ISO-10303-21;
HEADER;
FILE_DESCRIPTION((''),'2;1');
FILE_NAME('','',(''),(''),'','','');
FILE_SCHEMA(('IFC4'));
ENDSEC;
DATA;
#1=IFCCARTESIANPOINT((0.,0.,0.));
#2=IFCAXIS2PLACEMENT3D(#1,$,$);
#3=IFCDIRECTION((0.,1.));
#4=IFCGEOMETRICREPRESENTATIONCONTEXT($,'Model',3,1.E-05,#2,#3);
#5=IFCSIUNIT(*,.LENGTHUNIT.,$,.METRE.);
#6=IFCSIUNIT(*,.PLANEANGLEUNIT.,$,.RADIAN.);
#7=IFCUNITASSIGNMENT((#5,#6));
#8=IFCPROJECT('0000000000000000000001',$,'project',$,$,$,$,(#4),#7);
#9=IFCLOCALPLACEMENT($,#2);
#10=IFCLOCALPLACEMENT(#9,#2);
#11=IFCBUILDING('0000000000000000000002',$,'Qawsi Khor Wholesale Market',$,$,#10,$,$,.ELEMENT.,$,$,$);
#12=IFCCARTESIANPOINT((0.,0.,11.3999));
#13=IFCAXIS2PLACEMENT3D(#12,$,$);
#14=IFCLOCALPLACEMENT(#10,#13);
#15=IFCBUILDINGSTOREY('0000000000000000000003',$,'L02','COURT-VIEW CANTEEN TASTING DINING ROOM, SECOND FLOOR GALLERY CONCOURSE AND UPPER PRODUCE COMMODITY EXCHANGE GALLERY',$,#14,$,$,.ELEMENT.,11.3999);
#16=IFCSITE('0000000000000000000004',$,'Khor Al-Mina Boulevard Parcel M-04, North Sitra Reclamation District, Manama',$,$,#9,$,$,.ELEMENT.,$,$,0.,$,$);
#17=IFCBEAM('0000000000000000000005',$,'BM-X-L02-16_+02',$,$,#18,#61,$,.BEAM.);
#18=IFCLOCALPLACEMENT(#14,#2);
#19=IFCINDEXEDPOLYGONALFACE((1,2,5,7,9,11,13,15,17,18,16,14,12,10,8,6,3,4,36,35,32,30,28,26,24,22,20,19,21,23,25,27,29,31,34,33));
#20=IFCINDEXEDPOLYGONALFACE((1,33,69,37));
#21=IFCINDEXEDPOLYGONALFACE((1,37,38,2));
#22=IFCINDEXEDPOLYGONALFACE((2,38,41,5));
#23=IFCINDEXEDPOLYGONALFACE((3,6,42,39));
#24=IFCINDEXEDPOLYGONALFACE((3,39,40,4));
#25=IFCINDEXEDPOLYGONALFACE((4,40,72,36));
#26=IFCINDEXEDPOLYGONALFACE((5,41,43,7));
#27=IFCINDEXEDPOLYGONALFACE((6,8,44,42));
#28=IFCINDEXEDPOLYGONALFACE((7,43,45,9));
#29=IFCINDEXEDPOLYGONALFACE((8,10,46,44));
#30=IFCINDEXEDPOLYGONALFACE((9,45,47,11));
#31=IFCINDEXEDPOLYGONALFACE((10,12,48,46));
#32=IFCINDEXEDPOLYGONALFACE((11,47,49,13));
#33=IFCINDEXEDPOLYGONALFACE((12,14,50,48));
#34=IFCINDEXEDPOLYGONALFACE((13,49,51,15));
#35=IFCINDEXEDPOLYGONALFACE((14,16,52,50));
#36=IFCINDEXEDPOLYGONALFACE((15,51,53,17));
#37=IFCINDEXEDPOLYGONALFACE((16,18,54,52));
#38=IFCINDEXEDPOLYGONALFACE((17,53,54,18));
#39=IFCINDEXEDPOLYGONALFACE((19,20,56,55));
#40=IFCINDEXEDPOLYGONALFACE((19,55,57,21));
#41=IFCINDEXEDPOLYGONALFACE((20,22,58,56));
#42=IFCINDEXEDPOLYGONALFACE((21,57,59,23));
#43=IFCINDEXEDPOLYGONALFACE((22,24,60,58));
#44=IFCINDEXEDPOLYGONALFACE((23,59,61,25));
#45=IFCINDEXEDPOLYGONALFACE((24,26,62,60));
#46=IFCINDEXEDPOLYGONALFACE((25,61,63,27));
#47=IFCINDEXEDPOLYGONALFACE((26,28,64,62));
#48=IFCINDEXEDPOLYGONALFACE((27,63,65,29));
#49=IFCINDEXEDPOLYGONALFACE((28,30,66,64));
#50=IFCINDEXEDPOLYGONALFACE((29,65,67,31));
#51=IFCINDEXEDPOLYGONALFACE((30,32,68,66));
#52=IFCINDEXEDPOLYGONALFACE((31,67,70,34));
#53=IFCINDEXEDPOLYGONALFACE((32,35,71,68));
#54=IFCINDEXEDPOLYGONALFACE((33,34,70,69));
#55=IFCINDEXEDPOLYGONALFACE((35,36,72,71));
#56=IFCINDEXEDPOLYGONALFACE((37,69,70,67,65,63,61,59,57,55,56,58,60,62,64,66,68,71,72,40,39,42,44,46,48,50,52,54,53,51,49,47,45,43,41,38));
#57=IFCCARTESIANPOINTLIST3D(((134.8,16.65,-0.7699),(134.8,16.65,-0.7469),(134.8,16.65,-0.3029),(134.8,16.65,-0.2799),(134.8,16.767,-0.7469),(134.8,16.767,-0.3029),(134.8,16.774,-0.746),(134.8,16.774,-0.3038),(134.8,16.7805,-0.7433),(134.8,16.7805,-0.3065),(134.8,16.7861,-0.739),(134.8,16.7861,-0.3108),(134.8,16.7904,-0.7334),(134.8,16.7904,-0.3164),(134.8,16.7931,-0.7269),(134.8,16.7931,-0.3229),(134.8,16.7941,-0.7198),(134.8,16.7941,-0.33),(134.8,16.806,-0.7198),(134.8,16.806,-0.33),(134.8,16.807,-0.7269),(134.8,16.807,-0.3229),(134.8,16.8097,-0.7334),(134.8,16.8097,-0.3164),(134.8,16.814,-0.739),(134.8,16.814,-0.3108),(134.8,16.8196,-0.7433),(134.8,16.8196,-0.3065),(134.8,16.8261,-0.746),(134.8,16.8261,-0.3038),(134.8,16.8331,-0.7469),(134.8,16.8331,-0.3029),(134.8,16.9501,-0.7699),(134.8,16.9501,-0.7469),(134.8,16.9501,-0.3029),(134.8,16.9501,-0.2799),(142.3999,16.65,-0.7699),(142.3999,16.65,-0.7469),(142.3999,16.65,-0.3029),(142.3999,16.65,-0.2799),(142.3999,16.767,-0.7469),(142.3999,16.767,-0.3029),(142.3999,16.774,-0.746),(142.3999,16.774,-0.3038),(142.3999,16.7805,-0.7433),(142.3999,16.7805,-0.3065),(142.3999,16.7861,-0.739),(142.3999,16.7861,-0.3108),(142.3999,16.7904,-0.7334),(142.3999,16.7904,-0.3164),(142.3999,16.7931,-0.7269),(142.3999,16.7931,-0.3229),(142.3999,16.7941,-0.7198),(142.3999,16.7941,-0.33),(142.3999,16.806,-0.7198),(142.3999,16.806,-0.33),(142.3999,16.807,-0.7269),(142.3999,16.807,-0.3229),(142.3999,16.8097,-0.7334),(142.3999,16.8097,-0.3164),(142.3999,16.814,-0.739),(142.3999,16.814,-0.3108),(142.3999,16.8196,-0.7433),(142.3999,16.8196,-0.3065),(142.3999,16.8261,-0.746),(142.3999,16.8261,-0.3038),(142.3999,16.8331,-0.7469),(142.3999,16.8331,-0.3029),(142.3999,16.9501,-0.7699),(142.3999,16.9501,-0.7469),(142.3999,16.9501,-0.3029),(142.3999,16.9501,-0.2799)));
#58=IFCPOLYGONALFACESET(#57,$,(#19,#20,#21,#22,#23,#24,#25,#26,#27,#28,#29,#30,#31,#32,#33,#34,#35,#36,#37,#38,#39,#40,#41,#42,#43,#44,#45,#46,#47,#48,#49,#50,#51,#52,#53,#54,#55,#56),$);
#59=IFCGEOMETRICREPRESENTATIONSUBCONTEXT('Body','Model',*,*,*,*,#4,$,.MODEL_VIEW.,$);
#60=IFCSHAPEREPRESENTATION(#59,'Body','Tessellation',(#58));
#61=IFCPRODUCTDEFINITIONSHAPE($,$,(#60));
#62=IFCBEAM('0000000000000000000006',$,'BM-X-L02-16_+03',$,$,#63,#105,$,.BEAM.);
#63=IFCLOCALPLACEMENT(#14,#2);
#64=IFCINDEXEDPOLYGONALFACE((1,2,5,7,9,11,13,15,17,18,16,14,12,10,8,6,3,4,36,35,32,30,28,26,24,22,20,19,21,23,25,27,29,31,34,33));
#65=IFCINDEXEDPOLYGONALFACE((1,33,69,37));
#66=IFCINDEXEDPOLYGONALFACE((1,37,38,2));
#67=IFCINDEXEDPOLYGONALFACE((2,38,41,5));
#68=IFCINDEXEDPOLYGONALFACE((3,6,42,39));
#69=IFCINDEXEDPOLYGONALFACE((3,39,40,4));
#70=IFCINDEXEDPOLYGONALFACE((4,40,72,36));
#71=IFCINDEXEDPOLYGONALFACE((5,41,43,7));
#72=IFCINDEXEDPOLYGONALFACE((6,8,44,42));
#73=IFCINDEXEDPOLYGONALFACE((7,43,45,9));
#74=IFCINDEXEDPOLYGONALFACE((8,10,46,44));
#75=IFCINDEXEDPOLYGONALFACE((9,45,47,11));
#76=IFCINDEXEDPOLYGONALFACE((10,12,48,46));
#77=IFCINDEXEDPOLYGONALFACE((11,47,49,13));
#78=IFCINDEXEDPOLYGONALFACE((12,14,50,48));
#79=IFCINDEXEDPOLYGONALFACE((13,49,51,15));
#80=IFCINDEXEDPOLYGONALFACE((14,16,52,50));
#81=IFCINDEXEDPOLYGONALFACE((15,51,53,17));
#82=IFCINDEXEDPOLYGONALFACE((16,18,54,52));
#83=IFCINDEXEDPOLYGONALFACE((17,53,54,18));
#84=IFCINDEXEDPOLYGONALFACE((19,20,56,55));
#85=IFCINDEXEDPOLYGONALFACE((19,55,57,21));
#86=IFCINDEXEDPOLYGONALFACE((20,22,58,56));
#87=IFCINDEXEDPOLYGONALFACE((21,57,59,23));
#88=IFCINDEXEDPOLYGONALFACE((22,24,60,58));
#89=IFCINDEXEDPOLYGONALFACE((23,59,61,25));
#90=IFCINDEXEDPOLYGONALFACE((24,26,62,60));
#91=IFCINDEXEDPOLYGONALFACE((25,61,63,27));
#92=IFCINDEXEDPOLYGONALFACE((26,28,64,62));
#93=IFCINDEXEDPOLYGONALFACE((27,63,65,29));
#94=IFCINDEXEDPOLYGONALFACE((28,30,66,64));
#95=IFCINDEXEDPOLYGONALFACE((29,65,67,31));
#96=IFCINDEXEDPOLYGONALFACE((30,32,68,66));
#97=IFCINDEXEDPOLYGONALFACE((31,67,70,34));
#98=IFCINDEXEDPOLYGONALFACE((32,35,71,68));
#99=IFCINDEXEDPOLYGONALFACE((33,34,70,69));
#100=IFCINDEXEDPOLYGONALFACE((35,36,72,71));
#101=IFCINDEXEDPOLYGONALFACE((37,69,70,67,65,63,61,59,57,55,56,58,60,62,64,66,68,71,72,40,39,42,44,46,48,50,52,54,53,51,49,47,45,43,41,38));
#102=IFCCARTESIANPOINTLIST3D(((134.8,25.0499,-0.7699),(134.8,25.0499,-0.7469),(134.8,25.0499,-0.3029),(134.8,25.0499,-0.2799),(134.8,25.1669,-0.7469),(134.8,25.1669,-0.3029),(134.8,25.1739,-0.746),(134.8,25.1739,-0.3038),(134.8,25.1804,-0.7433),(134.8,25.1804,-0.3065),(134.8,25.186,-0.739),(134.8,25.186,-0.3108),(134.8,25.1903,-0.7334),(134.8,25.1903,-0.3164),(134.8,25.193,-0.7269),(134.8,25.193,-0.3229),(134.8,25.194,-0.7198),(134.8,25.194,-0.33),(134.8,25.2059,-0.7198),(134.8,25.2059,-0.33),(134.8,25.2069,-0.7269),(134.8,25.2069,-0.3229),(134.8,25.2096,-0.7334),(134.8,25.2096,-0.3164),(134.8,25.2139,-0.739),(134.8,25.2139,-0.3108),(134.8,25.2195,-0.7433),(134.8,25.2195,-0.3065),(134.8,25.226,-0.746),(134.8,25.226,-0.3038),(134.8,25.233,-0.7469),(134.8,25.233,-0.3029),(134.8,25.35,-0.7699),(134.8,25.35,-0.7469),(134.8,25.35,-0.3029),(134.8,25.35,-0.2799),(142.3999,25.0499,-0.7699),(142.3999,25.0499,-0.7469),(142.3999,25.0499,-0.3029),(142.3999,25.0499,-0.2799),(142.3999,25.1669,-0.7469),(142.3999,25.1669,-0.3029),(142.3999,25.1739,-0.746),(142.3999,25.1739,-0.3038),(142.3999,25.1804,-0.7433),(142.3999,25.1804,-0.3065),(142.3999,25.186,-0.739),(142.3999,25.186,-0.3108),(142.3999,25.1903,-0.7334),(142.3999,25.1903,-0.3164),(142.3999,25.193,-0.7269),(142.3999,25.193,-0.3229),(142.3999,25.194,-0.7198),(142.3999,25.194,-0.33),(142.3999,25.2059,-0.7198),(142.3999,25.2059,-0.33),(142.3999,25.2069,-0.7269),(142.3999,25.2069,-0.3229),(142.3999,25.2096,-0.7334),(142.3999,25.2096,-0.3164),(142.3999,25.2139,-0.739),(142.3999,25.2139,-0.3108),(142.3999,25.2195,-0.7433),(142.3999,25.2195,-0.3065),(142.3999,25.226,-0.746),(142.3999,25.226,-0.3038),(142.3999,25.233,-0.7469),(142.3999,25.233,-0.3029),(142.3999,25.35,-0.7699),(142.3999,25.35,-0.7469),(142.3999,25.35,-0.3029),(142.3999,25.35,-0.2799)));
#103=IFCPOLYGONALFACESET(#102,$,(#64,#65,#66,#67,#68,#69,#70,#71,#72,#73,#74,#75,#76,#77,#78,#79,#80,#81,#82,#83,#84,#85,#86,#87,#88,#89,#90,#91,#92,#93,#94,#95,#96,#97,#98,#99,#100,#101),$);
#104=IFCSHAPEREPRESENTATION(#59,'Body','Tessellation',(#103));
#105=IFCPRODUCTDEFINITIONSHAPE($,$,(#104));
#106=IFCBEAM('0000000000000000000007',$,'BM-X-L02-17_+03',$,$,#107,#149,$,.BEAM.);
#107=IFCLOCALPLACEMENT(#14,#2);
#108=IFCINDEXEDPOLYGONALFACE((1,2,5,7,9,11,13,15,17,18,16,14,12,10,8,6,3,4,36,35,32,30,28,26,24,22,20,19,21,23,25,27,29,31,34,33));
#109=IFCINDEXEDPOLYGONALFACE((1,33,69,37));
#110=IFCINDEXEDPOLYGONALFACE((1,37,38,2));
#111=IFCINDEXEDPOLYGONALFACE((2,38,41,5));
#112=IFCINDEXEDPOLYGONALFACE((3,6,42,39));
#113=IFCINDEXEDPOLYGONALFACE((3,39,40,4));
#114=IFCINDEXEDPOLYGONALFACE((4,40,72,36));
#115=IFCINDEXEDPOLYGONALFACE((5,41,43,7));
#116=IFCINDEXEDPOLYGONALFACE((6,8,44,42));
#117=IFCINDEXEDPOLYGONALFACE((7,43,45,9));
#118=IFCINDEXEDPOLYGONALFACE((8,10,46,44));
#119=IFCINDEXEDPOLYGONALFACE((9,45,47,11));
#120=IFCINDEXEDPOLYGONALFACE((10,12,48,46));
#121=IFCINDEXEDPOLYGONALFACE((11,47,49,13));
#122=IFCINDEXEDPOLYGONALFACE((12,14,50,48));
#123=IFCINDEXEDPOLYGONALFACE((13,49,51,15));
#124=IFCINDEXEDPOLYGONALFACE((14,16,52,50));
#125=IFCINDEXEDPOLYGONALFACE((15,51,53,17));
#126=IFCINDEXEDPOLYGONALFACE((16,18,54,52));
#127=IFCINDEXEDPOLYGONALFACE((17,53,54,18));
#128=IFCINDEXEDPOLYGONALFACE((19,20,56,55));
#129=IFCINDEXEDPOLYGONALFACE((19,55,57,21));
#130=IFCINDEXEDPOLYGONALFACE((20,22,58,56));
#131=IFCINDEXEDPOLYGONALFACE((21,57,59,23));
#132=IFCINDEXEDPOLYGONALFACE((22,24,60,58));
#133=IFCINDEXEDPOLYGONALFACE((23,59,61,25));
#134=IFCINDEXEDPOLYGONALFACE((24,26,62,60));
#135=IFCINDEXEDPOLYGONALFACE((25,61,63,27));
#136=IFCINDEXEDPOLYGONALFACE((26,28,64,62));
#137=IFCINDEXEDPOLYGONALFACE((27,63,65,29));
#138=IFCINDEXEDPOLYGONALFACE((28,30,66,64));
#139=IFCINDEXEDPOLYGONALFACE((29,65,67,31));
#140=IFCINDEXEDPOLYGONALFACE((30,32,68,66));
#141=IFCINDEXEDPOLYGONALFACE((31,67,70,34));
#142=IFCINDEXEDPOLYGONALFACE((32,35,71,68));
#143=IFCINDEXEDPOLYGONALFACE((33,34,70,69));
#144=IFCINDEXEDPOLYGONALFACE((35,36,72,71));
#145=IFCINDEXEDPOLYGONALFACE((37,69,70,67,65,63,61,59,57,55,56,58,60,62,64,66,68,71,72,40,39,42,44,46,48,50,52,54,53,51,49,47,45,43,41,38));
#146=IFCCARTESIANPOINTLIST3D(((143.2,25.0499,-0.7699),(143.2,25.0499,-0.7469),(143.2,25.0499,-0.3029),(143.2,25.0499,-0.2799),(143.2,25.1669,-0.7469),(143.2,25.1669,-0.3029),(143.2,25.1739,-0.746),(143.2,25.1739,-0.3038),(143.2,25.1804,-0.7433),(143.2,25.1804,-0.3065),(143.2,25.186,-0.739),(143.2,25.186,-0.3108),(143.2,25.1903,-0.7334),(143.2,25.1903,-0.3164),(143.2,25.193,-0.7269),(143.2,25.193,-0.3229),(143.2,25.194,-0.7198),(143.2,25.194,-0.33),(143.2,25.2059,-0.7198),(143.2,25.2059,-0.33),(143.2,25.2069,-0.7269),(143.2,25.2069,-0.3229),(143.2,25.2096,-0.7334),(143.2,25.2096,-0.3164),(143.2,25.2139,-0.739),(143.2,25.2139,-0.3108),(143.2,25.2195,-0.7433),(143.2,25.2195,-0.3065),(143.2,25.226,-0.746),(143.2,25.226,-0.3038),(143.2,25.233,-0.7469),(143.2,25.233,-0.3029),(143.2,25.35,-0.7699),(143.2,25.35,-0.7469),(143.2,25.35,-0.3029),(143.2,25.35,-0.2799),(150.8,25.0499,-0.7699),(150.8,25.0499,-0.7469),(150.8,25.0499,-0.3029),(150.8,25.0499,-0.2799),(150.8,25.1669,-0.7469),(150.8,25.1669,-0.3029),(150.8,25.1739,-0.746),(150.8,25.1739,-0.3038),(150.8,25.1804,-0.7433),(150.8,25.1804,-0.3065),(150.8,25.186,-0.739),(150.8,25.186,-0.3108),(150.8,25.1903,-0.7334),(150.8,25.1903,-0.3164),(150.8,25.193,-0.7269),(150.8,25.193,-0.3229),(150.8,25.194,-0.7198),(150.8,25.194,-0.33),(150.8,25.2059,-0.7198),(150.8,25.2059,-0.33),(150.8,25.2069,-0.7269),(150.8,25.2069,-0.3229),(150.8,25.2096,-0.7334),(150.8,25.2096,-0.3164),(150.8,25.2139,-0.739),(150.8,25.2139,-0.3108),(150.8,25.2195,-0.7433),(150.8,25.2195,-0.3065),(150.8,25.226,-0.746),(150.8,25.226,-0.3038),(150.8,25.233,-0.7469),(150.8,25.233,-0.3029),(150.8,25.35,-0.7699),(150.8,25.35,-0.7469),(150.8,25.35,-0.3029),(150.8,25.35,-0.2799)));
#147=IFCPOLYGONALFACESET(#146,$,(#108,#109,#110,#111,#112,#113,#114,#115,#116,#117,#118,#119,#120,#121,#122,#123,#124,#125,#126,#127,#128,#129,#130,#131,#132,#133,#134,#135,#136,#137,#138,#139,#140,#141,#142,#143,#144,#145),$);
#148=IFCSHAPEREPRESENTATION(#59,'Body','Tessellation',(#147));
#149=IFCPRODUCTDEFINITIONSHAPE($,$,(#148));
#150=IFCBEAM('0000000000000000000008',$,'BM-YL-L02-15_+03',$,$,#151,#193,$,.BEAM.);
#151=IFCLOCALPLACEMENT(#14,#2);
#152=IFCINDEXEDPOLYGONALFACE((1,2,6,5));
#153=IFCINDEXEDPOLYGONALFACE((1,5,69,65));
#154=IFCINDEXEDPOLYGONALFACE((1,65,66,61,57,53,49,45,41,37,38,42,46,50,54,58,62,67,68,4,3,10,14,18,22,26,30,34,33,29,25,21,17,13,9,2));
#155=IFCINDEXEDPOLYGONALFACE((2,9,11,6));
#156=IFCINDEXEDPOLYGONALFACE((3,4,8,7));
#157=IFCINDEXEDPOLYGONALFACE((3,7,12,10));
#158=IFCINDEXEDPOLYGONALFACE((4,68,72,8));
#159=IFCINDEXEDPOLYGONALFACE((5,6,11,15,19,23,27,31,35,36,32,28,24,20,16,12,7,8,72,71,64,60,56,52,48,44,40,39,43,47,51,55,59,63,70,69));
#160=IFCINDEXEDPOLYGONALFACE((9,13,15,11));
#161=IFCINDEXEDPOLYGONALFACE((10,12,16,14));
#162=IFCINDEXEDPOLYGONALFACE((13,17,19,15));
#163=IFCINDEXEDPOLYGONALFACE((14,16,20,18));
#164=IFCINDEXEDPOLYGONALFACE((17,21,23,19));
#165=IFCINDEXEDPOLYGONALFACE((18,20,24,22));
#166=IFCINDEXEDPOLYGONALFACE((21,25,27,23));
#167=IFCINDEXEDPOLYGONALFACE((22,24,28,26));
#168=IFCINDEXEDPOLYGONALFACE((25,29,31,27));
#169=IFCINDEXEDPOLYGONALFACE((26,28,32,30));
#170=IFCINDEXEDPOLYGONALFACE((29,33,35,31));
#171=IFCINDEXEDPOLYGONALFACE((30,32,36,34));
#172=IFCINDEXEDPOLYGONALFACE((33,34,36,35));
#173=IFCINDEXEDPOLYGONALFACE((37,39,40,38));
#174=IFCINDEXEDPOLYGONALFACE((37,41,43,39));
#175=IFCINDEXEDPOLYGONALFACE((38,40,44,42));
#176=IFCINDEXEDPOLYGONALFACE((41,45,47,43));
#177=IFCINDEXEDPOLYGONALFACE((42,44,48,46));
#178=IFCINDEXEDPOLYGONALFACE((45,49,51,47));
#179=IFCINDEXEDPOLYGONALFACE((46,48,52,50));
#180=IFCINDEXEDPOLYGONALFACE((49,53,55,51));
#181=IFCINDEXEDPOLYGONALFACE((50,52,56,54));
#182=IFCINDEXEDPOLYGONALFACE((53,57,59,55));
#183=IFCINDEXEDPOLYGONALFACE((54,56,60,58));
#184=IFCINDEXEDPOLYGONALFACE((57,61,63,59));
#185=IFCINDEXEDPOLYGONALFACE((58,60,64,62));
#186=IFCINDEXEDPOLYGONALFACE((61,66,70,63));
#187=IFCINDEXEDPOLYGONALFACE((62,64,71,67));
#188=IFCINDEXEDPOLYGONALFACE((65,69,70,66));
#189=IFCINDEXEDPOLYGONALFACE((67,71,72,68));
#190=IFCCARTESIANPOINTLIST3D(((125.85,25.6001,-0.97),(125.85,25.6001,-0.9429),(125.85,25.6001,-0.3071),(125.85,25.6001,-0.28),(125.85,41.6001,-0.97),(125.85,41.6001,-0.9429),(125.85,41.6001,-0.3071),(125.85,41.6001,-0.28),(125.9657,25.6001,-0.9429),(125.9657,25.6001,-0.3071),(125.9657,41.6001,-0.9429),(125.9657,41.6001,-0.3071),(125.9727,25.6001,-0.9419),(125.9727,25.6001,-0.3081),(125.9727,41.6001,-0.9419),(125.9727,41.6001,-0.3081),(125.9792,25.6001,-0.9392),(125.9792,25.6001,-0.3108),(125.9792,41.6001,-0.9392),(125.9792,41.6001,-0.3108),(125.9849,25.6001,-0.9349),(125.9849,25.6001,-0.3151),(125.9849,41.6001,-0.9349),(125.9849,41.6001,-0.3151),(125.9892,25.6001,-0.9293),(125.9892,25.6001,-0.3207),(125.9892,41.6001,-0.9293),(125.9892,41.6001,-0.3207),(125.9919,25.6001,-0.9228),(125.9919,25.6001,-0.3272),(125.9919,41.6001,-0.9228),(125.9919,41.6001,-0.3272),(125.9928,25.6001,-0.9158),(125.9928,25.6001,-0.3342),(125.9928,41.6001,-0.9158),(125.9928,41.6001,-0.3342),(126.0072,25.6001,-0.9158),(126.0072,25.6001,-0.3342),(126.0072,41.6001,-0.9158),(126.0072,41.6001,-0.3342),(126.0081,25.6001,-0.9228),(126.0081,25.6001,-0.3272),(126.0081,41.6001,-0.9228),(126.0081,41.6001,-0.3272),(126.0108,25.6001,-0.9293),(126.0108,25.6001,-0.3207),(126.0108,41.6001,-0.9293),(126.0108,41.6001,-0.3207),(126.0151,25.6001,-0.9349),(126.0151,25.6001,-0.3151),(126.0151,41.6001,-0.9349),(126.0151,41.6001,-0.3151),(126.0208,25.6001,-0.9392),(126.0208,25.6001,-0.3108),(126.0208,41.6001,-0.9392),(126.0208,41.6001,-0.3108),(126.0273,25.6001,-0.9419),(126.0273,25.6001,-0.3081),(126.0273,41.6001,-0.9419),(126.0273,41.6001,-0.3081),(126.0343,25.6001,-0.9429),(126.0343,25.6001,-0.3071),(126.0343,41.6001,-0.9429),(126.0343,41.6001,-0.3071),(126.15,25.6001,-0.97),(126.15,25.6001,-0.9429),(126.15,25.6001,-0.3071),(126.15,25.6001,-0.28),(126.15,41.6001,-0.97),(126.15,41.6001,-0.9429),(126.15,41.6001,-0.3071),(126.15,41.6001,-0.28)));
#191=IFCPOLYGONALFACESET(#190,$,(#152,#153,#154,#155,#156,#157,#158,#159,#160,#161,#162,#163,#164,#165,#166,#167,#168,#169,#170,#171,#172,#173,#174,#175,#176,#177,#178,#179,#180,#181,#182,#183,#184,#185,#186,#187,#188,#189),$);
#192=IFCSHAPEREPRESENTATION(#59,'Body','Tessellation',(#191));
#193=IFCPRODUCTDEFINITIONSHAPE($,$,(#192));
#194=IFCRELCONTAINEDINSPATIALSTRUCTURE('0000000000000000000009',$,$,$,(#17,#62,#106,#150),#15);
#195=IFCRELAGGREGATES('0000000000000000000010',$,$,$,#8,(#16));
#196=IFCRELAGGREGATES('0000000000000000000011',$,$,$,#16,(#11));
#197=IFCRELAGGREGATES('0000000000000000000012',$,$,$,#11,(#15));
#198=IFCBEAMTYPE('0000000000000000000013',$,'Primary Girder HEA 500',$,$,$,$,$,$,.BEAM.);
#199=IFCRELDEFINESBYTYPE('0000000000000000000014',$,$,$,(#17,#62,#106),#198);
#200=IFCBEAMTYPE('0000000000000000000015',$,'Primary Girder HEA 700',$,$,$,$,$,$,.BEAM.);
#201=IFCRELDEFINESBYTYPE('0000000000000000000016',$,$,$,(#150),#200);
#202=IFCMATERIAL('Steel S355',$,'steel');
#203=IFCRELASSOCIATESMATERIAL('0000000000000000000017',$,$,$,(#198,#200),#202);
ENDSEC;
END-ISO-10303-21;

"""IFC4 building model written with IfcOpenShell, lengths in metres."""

from ifc_helpers import new_model, si_unit, direction, frame, origin, origin_2d, place, context, subcontext, project, spatial, i_section, extrude, material, material_profile, profile_set, type_object, element, save


model = new_model("IFC4")

# Units and contexts
model_context = context("Model", 3, precision=1e-05, world=origin(), true_north=direction((0.0, 1.0)))
body_context = subcontext(model_context, "Body", "Model", "MODEL_VIEW")
ifc_project = project(units=[si_unit("LENGTHUNIT", "METRE"), si_unit("PLANEANGLEUNIT", "RADIAN")], contexts=[model_context])

# Site, building, storey
site_placement = place(None, origin())
site = spatial("IfcSite", under=ifc_project, at=site_placement, Name="Khor Al-Mina Boulevard Parcel M-04, North Sitra Reclamation District, Manama", CompositionType="ELEMENT", RefElevation=0.0)
building_placement = place(site_placement, origin())
building = spatial("IfcBuilding", under=site, at=building_placement, Name="Qawsi Khor Wholesale Market", CompositionType="ELEMENT")
storey_placement = place(building_placement, frame((0.0, 0.0, 11.3999)))
storey = spatial("IfcBuildingStorey", under=building, at=storey_placement, Name="L02", Description="COURT-VIEW CANTEEN TASTING DINING ROOM, SECOND FLOOR GALLERY CONCOURSE AND UPPER PRODUCE COMMODITY EXCHANGE GALLERY", CompositionType="ELEMENT", Elevation=11.3999)

# Beams
ifc_material_1 = material(Name="Steel S355", Category="steel")
ifc_material_profile_1 = material_profile(ifc_material_1, i_section(OverallWidth=0.3, OverallDepth=0.49, WebThickness=0.012, FlangeThickness=0.0229, FilletRadius=0.0271, at=origin_2d()), Name="HEA 500")
ifc_profile_set_1 = profile_set([ifc_material_profile_1], Name="Steel S355")
beam_type_1 = type_object("IfcBeamType", Name="Primary Girder HEA 500", PredefinedType="BEAM", material=ifc_profile_set_1)
for number, where, z_axis, x_axis, name in (
    (1, (134.8, 16.8, -0.5249), (1.0, 0.0, 0.0), (0.0, 1.0, 0.0), "BM-X-L02-16_+02"),
    (2, (134.8, 25.2, -0.5249), (1.0, 0.0, 0.0), (0.0, 1.0, 0.0), "BM-X-L02-16_+03"),
):
    element("IfcBeam", number, at=place(storey_placement, frame(where, z_axis=z_axis, x_axis=x_axis)), inside=storey, type_object=beam_type_1, Name=name, PredefinedType="BEAM", context=body_context, shape_type="SweptSolid", body=[
        extrude(i_section(OverallWidth=0.3, OverallDepth=0.49, WebThickness=0.012, FlangeThickness=0.0229, FilletRadius=0.0271, at=origin_2d()), origin(), (0.0, 0.0, 1.0), 7.5999),
    ])
beam_1_placement = place(storey_placement, frame((143.2, 25.2, -0.5249), z_axis=(1.0, 0.0, 0.0), x_axis=(0.0, 1.0, 0.0)))
element("IfcBeam", 3, at=beam_1_placement, inside=storey, type_object=beam_type_1, Name="BM-X-L02-17_+03", PredefinedType="BEAM", context=body_context, shape_type="SweptSolid", body=[
    extrude(i_section(OverallWidth=0.3, OverallDepth=0.49, WebThickness=0.012, FlangeThickness=0.0229, FilletRadius=0.0271, at=origin_2d()), origin(), (0.0, 0.0, 1.0), 7.6001),
])
ifc_material_profile_2 = material_profile(ifc_material_1, i_section(OverallWidth=0.3, OverallDepth=0.6899, WebThickness=0.0144, FlangeThickness=0.0271, FilletRadius=0.0271, at=origin_2d()), Name="HEA 700")
ifc_profile_set_2 = profile_set([ifc_material_profile_2], Name="Steel S355")
beam_type_2 = type_object("IfcBeamType", Name="Primary Girder HEA 700", PredefinedType="BEAM", material=ifc_profile_set_2)
beam_2_placement = place(storey_placement, frame((126.0, 25.6001, -0.625), z_axis=(0.0, 1.0, 0.0), x_axis=(-1.0, 0.0, 0.0)))
element("IfcBeam", 4, at=beam_2_placement, inside=storey, type_object=beam_type_2, Name="BM-YL-L02-15_+03", PredefinedType="BEAM", context=body_context, shape_type="SweptSolid", body=[
    extrude(i_section(OverallWidth=0.3, OverallDepth=0.6899, WebThickness=0.0144, FlangeThickness=0.0271, FilletRadius=0.0271, at=origin_2d()), origin(), (0.0, 0.0, 1.0), 16.0),
])

save(model, "model.ifc")
